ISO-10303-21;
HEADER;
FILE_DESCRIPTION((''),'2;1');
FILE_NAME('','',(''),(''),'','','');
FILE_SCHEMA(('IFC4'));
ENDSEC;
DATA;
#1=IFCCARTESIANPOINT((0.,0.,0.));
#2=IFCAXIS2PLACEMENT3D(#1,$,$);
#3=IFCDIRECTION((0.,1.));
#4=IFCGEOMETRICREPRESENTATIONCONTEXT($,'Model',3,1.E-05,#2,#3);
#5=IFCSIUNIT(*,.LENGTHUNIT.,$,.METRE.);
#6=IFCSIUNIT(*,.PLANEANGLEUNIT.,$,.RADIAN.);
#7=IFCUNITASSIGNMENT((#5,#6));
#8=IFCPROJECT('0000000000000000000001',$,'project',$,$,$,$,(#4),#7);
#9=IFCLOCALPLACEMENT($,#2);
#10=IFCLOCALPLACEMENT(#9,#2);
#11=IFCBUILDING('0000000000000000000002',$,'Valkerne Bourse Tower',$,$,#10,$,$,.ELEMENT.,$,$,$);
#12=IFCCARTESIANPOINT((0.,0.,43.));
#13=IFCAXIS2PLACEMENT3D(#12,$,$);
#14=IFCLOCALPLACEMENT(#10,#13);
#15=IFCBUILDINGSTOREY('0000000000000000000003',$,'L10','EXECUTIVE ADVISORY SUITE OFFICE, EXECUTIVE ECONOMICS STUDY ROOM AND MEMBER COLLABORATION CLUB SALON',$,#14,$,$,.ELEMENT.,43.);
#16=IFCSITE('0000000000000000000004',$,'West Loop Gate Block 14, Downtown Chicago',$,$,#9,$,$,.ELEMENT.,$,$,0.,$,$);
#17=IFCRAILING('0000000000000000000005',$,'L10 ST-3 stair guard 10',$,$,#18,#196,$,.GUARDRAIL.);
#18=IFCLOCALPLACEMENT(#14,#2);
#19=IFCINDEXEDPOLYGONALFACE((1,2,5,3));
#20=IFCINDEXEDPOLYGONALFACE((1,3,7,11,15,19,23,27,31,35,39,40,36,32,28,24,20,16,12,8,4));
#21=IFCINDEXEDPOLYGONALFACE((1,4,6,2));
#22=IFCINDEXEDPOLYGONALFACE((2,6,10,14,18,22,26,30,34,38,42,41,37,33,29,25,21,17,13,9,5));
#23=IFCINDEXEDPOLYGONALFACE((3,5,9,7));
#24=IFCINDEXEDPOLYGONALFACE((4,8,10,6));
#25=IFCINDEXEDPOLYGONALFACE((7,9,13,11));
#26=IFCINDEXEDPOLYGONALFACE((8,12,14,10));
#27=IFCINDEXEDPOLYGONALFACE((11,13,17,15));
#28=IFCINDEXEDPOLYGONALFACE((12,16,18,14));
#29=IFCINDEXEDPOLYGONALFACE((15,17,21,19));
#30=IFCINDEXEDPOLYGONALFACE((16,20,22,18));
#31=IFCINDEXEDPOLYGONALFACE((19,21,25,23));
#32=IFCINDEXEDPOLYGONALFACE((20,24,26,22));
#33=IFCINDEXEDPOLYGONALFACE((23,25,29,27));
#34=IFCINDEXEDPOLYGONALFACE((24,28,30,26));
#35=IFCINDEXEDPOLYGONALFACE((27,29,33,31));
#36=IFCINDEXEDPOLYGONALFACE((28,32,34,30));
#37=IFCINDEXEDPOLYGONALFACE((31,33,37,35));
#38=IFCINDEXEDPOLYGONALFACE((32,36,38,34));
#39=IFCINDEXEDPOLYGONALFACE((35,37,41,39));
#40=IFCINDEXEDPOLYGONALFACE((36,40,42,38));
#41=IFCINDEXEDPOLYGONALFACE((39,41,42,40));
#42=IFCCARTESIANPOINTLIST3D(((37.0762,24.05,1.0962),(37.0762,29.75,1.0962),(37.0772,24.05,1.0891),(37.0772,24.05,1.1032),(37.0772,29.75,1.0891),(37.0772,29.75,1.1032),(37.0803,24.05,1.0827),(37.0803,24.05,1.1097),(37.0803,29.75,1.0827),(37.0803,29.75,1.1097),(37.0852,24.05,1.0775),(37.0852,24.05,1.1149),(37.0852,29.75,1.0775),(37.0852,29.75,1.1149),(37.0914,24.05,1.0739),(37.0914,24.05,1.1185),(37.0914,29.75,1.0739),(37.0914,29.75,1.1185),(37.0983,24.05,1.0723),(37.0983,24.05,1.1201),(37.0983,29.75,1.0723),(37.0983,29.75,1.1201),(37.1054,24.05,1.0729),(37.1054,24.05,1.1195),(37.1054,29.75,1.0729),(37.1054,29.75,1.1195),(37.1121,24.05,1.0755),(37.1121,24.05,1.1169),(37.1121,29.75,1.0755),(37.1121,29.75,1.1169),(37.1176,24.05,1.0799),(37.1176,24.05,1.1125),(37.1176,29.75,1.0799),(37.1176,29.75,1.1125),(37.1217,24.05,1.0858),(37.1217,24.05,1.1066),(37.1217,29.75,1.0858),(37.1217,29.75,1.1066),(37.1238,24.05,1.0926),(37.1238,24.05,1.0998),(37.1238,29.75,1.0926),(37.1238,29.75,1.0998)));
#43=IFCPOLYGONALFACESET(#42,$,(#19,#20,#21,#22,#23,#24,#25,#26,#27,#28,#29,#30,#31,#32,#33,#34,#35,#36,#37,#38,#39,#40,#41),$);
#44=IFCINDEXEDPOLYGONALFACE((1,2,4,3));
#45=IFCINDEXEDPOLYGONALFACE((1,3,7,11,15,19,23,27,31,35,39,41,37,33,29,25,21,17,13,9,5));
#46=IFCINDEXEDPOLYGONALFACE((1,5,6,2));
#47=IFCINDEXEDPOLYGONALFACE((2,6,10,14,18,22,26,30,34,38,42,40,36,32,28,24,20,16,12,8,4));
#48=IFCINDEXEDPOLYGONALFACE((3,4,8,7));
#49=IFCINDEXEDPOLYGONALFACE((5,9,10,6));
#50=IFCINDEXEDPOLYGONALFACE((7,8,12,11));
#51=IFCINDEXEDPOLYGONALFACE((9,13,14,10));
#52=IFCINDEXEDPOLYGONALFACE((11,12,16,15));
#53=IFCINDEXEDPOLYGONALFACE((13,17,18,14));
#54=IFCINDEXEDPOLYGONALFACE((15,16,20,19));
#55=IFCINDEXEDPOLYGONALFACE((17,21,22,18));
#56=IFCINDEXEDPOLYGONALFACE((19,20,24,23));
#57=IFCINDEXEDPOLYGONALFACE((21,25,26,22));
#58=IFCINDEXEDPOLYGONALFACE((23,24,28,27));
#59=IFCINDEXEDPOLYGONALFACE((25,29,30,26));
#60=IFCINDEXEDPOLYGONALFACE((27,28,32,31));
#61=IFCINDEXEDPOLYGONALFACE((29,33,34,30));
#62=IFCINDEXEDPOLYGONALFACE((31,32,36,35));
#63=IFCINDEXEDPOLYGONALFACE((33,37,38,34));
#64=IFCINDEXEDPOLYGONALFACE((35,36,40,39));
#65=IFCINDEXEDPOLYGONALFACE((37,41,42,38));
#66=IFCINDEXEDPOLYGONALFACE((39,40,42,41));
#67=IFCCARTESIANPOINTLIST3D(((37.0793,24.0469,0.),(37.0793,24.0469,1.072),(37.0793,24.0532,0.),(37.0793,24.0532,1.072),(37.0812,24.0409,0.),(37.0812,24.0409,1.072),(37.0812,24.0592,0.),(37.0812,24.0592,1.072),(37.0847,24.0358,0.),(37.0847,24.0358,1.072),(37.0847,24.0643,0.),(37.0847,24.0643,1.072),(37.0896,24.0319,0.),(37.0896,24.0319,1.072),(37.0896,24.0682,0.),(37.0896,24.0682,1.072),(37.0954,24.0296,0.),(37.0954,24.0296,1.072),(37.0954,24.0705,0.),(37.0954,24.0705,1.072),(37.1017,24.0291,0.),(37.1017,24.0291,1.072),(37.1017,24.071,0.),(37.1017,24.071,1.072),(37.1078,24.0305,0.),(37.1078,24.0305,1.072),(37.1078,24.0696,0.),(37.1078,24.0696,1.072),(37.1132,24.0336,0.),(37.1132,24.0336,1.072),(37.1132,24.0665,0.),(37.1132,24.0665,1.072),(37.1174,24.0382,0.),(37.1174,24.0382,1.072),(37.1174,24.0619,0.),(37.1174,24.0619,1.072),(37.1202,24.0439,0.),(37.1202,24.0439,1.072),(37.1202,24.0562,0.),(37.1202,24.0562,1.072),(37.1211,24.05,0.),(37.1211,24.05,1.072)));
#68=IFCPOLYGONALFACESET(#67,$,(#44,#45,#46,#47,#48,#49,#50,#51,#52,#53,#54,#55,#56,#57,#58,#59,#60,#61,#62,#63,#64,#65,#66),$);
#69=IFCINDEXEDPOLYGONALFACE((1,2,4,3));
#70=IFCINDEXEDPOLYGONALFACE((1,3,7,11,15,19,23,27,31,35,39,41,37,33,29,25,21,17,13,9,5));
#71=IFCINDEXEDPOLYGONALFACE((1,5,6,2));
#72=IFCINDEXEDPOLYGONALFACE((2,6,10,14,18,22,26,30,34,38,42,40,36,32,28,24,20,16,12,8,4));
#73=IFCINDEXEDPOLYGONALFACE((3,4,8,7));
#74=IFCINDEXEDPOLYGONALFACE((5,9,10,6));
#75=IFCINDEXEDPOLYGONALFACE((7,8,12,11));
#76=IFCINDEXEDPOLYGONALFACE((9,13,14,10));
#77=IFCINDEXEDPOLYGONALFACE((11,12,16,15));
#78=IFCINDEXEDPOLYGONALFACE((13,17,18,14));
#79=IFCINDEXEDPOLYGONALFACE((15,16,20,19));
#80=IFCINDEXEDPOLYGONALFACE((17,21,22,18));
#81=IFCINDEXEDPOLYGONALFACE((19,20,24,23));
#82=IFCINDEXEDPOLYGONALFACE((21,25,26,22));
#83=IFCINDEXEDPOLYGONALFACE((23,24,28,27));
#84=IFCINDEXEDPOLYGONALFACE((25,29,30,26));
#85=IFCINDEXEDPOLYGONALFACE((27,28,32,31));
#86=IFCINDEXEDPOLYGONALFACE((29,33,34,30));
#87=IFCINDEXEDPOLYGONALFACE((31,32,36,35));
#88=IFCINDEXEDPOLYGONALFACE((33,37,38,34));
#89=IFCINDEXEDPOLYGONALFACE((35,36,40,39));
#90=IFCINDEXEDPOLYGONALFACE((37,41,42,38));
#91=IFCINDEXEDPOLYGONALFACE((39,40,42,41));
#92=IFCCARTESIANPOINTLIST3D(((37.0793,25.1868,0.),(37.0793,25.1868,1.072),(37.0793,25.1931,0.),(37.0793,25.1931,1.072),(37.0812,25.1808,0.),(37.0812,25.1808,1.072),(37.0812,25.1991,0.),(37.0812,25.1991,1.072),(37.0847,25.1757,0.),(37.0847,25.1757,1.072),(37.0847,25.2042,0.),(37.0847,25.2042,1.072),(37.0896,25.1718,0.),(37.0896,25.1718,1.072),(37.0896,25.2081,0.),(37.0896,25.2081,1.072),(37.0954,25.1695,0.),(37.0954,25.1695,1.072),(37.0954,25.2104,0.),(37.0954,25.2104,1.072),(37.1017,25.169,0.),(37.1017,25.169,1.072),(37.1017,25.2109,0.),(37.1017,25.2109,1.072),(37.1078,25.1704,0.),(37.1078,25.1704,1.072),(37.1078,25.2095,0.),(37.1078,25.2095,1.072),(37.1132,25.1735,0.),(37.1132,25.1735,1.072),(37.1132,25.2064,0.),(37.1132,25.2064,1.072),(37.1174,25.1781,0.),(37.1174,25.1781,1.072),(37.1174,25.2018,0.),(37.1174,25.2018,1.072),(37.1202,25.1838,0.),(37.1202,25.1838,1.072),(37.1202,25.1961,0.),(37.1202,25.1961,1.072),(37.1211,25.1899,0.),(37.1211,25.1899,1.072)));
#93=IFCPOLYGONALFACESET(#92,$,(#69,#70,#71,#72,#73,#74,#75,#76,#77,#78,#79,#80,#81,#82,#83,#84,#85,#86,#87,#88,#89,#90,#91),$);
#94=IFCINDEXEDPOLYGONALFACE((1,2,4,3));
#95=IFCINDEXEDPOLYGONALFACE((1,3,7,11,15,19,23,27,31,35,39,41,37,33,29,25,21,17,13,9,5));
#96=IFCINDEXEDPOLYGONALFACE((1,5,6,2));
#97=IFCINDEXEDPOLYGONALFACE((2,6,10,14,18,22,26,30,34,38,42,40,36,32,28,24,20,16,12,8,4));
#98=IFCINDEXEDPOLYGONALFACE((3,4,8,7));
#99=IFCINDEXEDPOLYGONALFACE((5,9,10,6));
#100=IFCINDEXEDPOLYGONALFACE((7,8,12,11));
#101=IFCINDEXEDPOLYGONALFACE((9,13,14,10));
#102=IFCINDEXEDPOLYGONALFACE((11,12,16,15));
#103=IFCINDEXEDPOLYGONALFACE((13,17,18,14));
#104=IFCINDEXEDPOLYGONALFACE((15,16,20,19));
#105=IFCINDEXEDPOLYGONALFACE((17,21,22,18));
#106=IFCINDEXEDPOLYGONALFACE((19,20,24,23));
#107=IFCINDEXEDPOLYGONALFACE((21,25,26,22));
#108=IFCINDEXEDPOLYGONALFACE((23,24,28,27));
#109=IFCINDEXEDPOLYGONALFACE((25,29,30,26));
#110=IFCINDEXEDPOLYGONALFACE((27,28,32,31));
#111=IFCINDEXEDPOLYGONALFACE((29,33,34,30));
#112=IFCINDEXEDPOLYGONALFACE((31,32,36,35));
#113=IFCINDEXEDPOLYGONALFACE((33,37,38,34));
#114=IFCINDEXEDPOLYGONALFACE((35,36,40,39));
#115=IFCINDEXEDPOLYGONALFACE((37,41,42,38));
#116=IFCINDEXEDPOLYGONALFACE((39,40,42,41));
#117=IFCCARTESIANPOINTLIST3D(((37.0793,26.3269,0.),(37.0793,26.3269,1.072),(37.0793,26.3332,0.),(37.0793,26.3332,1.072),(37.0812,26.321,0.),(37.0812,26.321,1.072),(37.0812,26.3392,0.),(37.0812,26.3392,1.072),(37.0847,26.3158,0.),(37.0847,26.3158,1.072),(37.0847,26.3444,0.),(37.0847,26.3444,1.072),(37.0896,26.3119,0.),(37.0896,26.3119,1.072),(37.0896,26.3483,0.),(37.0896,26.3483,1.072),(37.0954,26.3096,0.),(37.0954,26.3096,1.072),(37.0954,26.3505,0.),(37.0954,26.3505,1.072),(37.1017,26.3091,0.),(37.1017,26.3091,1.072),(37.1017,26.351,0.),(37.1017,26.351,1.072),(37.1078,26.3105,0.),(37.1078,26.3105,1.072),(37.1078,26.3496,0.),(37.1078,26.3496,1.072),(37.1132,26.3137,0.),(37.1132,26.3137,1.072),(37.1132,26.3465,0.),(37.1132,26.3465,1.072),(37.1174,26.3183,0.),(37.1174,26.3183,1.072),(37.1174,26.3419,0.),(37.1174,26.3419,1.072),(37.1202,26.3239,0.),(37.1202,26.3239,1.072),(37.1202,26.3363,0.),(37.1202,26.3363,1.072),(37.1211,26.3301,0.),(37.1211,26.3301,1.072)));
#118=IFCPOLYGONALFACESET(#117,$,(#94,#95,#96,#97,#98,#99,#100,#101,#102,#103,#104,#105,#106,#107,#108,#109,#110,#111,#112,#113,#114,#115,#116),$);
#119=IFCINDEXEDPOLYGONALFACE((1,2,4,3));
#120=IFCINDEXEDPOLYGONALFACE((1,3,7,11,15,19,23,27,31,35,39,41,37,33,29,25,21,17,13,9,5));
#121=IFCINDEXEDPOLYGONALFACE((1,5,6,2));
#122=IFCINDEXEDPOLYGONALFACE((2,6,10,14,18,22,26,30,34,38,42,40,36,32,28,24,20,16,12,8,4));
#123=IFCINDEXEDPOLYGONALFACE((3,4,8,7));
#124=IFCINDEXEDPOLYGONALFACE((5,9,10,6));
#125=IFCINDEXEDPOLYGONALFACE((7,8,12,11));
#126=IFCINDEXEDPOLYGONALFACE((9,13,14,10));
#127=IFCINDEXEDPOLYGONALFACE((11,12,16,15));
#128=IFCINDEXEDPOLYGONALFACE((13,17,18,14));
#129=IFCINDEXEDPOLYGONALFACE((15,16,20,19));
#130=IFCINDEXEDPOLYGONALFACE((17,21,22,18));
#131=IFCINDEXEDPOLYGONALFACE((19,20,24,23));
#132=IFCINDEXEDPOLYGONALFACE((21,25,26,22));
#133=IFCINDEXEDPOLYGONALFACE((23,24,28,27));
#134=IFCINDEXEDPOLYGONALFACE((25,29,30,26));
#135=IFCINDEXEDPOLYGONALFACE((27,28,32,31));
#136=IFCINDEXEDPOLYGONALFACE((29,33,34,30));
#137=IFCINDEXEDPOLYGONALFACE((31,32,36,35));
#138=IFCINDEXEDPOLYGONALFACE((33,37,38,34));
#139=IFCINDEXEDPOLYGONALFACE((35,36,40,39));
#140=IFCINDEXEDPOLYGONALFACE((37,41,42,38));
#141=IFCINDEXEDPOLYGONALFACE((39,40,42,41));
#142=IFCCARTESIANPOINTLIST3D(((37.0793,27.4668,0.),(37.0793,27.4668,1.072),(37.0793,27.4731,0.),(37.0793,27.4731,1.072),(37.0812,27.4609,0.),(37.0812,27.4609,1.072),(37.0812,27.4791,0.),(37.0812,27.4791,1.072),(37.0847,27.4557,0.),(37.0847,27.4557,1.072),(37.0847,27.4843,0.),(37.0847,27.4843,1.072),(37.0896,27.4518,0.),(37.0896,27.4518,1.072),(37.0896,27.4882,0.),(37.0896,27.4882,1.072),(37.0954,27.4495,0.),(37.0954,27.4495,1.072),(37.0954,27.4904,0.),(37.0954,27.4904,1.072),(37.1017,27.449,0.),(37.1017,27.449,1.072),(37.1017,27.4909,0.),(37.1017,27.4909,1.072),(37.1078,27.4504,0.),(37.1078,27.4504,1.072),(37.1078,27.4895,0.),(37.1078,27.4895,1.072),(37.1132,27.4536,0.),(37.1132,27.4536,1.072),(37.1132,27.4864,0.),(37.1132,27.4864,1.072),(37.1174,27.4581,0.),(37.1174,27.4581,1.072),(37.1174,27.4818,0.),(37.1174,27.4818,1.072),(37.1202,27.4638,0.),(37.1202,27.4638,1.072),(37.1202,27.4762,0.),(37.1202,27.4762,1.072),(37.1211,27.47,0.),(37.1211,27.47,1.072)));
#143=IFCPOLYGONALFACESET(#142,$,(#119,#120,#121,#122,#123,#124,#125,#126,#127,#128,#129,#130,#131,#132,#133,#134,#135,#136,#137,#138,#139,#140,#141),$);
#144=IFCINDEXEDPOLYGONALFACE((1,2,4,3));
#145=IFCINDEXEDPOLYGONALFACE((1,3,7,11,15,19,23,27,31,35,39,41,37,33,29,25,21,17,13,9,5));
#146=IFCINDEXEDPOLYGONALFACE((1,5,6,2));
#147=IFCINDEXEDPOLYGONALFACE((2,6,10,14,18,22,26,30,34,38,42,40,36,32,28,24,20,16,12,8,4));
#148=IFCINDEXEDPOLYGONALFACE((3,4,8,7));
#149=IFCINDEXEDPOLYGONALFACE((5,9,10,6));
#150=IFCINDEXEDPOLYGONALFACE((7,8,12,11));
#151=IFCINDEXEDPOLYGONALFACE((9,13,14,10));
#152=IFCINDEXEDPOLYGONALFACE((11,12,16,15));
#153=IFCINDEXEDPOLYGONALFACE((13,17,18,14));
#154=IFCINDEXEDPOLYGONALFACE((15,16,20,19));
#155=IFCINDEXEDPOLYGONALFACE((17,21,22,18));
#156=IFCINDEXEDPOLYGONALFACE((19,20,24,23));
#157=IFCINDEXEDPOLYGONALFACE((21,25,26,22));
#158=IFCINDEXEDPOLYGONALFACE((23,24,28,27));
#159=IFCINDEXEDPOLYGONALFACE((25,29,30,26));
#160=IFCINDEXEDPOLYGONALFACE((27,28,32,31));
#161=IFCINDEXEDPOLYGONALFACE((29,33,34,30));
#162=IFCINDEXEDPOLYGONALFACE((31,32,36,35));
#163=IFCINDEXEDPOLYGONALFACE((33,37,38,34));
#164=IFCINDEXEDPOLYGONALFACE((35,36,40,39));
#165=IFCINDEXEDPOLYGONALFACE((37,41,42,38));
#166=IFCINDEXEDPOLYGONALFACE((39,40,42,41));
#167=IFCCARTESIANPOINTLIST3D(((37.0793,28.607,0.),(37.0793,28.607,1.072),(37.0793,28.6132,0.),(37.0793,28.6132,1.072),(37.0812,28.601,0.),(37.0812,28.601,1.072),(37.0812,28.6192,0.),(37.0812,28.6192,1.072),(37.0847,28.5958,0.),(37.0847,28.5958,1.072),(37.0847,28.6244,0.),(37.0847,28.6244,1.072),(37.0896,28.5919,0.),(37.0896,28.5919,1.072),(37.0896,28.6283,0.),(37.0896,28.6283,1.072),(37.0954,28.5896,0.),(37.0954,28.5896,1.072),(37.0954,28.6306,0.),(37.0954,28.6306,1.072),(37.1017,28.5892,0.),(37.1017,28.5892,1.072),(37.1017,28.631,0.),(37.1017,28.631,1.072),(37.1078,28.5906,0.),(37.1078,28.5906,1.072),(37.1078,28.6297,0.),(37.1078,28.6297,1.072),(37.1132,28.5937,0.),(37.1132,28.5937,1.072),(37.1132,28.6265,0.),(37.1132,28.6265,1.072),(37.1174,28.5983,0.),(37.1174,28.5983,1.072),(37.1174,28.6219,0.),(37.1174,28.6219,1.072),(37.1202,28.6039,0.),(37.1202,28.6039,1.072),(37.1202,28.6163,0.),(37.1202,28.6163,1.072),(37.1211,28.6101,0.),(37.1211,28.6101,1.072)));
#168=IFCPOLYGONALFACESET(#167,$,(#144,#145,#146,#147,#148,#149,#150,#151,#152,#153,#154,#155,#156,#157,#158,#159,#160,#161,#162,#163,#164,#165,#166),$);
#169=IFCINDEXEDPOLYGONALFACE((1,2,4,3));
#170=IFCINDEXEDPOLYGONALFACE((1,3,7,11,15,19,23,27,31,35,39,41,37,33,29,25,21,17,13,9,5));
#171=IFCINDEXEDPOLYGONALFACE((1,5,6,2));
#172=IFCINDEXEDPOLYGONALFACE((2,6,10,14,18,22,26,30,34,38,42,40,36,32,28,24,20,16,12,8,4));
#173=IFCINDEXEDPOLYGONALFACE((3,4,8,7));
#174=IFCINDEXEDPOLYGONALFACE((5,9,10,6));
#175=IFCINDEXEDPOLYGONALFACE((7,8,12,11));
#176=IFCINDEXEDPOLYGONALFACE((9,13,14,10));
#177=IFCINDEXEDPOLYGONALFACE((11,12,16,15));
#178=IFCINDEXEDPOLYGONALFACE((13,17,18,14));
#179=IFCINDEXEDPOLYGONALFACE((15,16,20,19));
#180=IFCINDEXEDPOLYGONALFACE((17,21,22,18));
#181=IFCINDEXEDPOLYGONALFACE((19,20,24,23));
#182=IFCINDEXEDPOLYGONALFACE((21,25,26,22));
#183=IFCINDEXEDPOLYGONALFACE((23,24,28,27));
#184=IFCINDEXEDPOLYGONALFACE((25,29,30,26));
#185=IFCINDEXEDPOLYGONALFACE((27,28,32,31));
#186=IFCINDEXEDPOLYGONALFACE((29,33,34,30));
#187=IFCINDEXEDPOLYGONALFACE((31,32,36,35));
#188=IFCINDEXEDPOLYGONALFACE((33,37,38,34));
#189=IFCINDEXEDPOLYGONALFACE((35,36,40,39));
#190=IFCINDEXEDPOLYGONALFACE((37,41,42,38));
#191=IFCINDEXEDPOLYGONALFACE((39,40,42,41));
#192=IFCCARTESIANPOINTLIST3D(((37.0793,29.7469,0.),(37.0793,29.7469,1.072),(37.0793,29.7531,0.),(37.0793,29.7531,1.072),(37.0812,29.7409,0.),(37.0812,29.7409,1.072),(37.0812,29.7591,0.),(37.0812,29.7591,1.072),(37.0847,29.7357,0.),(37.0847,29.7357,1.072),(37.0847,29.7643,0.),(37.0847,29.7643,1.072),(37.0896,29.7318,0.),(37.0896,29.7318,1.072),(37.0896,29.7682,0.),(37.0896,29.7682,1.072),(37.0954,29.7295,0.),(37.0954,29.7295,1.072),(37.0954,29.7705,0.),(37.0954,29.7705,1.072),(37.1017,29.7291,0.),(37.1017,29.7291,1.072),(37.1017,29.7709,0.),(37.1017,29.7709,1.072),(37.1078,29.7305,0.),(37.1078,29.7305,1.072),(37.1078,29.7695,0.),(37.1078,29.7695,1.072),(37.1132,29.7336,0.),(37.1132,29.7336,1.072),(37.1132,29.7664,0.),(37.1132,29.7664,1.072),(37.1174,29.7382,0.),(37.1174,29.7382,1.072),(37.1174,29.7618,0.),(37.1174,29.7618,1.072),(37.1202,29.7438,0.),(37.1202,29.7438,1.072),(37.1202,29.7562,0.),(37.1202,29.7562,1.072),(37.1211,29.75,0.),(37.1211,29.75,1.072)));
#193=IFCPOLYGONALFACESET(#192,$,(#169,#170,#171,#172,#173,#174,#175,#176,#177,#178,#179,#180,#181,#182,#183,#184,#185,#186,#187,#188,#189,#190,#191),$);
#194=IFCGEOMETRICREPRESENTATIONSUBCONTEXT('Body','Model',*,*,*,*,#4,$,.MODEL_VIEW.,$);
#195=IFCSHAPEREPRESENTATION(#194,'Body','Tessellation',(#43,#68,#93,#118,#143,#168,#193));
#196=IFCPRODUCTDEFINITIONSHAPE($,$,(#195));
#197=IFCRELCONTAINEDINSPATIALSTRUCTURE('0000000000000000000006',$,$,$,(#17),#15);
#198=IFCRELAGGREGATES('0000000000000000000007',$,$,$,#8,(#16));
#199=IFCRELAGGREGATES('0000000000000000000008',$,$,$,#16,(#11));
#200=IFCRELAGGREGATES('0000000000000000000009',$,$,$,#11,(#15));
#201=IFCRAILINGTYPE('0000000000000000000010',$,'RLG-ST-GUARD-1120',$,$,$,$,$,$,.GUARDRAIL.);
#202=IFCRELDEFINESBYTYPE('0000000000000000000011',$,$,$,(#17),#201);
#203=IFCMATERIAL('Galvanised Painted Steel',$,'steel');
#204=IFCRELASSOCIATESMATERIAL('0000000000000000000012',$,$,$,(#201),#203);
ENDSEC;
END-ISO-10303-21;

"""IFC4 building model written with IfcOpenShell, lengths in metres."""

from ifc_helpers import new_model, si_unit, direction, frame, origin, origin_2d, place, context, subcontext, project, spatial, circle, extrude, material, type_object, element, save


model = new_model("IFC4")

# Units and contexts
model_context = context("Model", 3, precision=1e-05, world=origin(), true_north=direction((0.0, 1.0)))
body_context = subcontext(model_context, "Body", "Model", "MODEL_VIEW")
ifc_project = project(units=[si_unit("LENGTHUNIT", "METRE"), si_unit("PLANEANGLEUNIT", "RADIAN")], contexts=[model_context])

# Site, building, storey
site_placement = place(None, origin())
site = spatial("IfcSite", under=ifc_project, at=site_placement, Name="West Loop Gate Block 14, Downtown Chicago", CompositionType="ELEMENT", RefElevation=0.0)
building_placement = place(site_placement, origin())
building = spatial("IfcBuilding", under=site, at=building_placement, Name="Valkerne Bourse Tower", CompositionType="ELEMENT")
storey_placement = place(building_placement, frame((0.0, 0.0, 43.0)))
storey = spatial("IfcBuildingStorey", under=building, at=storey_placement, Name="L10", Description="EXECUTIVE ADVISORY SUITE OFFICE, EXECUTIVE ECONOMICS STUDY ROOM AND MEMBER COLLABORATION CLUB SALON", CompositionType="ELEMENT", Elevation=43.0)

# Shared definitions
ifc_material_1 = material(Name="Galvanised Painted Steel", Category="steel")

# Railing
railing_type_1 = type_object("IfcRailingType", Name="RLG-ST-GUARD-1120", PredefinedType="GUARDRAIL", material=ifc_material_1)
for number, where, name in (
    (1, (37.1001, 24.05, 0.0), "L10 ST-3 stair guard 10"),
):
    element("IfcRailing", number, at=place(storey_placement, frame(where)), inside=storey, type_object=railing_type_1, Name=name, PredefinedType="GUARDRAIL", context=body_context, shape_type="SweptSolid", body=[
        extrude(circle(Radius=0.0239, at=origin_2d()), frame((0.0, 0.0, 1.0962), z_axis=(0.0, 1.0, 0.0), x_axis=(-1.0, 0.0, 0.0)), (0.0, 0.0, 1.0), 5.7),
        extrude(circle(Radius=0.021, at=origin_2d()), origin(), (0.0, 0.0, 1.0), 1.072),
        extrude(circle(Radius=0.021, at=origin_2d()), frame((0.0, 1.1399, 0.0)), (0.0, 0.0, 1.0), 1.072),
        extrude(circle(Radius=0.021, at=origin_2d()), frame((0.0, 2.28, 0.0)), (0.0, 0.0, 1.0), 1.072),
        extrude(circle(Radius=0.021, at=origin_2d()), frame((0.0, 3.4199, 0.0)), (0.0, 0.0, 1.0), 1.072),
        extrude(circle(Radius=0.021, at=origin_2d()), frame((0.0, 4.5601, 0.0)), (0.0, 0.0, 1.0), 1.072),
        extrude(circle(Radius=0.021, at=origin_2d()), frame((0.0, 5.7, 0.0)), (0.0, 0.0, 1.0), 1.072),
    ])

save(model, "model.ifc")
